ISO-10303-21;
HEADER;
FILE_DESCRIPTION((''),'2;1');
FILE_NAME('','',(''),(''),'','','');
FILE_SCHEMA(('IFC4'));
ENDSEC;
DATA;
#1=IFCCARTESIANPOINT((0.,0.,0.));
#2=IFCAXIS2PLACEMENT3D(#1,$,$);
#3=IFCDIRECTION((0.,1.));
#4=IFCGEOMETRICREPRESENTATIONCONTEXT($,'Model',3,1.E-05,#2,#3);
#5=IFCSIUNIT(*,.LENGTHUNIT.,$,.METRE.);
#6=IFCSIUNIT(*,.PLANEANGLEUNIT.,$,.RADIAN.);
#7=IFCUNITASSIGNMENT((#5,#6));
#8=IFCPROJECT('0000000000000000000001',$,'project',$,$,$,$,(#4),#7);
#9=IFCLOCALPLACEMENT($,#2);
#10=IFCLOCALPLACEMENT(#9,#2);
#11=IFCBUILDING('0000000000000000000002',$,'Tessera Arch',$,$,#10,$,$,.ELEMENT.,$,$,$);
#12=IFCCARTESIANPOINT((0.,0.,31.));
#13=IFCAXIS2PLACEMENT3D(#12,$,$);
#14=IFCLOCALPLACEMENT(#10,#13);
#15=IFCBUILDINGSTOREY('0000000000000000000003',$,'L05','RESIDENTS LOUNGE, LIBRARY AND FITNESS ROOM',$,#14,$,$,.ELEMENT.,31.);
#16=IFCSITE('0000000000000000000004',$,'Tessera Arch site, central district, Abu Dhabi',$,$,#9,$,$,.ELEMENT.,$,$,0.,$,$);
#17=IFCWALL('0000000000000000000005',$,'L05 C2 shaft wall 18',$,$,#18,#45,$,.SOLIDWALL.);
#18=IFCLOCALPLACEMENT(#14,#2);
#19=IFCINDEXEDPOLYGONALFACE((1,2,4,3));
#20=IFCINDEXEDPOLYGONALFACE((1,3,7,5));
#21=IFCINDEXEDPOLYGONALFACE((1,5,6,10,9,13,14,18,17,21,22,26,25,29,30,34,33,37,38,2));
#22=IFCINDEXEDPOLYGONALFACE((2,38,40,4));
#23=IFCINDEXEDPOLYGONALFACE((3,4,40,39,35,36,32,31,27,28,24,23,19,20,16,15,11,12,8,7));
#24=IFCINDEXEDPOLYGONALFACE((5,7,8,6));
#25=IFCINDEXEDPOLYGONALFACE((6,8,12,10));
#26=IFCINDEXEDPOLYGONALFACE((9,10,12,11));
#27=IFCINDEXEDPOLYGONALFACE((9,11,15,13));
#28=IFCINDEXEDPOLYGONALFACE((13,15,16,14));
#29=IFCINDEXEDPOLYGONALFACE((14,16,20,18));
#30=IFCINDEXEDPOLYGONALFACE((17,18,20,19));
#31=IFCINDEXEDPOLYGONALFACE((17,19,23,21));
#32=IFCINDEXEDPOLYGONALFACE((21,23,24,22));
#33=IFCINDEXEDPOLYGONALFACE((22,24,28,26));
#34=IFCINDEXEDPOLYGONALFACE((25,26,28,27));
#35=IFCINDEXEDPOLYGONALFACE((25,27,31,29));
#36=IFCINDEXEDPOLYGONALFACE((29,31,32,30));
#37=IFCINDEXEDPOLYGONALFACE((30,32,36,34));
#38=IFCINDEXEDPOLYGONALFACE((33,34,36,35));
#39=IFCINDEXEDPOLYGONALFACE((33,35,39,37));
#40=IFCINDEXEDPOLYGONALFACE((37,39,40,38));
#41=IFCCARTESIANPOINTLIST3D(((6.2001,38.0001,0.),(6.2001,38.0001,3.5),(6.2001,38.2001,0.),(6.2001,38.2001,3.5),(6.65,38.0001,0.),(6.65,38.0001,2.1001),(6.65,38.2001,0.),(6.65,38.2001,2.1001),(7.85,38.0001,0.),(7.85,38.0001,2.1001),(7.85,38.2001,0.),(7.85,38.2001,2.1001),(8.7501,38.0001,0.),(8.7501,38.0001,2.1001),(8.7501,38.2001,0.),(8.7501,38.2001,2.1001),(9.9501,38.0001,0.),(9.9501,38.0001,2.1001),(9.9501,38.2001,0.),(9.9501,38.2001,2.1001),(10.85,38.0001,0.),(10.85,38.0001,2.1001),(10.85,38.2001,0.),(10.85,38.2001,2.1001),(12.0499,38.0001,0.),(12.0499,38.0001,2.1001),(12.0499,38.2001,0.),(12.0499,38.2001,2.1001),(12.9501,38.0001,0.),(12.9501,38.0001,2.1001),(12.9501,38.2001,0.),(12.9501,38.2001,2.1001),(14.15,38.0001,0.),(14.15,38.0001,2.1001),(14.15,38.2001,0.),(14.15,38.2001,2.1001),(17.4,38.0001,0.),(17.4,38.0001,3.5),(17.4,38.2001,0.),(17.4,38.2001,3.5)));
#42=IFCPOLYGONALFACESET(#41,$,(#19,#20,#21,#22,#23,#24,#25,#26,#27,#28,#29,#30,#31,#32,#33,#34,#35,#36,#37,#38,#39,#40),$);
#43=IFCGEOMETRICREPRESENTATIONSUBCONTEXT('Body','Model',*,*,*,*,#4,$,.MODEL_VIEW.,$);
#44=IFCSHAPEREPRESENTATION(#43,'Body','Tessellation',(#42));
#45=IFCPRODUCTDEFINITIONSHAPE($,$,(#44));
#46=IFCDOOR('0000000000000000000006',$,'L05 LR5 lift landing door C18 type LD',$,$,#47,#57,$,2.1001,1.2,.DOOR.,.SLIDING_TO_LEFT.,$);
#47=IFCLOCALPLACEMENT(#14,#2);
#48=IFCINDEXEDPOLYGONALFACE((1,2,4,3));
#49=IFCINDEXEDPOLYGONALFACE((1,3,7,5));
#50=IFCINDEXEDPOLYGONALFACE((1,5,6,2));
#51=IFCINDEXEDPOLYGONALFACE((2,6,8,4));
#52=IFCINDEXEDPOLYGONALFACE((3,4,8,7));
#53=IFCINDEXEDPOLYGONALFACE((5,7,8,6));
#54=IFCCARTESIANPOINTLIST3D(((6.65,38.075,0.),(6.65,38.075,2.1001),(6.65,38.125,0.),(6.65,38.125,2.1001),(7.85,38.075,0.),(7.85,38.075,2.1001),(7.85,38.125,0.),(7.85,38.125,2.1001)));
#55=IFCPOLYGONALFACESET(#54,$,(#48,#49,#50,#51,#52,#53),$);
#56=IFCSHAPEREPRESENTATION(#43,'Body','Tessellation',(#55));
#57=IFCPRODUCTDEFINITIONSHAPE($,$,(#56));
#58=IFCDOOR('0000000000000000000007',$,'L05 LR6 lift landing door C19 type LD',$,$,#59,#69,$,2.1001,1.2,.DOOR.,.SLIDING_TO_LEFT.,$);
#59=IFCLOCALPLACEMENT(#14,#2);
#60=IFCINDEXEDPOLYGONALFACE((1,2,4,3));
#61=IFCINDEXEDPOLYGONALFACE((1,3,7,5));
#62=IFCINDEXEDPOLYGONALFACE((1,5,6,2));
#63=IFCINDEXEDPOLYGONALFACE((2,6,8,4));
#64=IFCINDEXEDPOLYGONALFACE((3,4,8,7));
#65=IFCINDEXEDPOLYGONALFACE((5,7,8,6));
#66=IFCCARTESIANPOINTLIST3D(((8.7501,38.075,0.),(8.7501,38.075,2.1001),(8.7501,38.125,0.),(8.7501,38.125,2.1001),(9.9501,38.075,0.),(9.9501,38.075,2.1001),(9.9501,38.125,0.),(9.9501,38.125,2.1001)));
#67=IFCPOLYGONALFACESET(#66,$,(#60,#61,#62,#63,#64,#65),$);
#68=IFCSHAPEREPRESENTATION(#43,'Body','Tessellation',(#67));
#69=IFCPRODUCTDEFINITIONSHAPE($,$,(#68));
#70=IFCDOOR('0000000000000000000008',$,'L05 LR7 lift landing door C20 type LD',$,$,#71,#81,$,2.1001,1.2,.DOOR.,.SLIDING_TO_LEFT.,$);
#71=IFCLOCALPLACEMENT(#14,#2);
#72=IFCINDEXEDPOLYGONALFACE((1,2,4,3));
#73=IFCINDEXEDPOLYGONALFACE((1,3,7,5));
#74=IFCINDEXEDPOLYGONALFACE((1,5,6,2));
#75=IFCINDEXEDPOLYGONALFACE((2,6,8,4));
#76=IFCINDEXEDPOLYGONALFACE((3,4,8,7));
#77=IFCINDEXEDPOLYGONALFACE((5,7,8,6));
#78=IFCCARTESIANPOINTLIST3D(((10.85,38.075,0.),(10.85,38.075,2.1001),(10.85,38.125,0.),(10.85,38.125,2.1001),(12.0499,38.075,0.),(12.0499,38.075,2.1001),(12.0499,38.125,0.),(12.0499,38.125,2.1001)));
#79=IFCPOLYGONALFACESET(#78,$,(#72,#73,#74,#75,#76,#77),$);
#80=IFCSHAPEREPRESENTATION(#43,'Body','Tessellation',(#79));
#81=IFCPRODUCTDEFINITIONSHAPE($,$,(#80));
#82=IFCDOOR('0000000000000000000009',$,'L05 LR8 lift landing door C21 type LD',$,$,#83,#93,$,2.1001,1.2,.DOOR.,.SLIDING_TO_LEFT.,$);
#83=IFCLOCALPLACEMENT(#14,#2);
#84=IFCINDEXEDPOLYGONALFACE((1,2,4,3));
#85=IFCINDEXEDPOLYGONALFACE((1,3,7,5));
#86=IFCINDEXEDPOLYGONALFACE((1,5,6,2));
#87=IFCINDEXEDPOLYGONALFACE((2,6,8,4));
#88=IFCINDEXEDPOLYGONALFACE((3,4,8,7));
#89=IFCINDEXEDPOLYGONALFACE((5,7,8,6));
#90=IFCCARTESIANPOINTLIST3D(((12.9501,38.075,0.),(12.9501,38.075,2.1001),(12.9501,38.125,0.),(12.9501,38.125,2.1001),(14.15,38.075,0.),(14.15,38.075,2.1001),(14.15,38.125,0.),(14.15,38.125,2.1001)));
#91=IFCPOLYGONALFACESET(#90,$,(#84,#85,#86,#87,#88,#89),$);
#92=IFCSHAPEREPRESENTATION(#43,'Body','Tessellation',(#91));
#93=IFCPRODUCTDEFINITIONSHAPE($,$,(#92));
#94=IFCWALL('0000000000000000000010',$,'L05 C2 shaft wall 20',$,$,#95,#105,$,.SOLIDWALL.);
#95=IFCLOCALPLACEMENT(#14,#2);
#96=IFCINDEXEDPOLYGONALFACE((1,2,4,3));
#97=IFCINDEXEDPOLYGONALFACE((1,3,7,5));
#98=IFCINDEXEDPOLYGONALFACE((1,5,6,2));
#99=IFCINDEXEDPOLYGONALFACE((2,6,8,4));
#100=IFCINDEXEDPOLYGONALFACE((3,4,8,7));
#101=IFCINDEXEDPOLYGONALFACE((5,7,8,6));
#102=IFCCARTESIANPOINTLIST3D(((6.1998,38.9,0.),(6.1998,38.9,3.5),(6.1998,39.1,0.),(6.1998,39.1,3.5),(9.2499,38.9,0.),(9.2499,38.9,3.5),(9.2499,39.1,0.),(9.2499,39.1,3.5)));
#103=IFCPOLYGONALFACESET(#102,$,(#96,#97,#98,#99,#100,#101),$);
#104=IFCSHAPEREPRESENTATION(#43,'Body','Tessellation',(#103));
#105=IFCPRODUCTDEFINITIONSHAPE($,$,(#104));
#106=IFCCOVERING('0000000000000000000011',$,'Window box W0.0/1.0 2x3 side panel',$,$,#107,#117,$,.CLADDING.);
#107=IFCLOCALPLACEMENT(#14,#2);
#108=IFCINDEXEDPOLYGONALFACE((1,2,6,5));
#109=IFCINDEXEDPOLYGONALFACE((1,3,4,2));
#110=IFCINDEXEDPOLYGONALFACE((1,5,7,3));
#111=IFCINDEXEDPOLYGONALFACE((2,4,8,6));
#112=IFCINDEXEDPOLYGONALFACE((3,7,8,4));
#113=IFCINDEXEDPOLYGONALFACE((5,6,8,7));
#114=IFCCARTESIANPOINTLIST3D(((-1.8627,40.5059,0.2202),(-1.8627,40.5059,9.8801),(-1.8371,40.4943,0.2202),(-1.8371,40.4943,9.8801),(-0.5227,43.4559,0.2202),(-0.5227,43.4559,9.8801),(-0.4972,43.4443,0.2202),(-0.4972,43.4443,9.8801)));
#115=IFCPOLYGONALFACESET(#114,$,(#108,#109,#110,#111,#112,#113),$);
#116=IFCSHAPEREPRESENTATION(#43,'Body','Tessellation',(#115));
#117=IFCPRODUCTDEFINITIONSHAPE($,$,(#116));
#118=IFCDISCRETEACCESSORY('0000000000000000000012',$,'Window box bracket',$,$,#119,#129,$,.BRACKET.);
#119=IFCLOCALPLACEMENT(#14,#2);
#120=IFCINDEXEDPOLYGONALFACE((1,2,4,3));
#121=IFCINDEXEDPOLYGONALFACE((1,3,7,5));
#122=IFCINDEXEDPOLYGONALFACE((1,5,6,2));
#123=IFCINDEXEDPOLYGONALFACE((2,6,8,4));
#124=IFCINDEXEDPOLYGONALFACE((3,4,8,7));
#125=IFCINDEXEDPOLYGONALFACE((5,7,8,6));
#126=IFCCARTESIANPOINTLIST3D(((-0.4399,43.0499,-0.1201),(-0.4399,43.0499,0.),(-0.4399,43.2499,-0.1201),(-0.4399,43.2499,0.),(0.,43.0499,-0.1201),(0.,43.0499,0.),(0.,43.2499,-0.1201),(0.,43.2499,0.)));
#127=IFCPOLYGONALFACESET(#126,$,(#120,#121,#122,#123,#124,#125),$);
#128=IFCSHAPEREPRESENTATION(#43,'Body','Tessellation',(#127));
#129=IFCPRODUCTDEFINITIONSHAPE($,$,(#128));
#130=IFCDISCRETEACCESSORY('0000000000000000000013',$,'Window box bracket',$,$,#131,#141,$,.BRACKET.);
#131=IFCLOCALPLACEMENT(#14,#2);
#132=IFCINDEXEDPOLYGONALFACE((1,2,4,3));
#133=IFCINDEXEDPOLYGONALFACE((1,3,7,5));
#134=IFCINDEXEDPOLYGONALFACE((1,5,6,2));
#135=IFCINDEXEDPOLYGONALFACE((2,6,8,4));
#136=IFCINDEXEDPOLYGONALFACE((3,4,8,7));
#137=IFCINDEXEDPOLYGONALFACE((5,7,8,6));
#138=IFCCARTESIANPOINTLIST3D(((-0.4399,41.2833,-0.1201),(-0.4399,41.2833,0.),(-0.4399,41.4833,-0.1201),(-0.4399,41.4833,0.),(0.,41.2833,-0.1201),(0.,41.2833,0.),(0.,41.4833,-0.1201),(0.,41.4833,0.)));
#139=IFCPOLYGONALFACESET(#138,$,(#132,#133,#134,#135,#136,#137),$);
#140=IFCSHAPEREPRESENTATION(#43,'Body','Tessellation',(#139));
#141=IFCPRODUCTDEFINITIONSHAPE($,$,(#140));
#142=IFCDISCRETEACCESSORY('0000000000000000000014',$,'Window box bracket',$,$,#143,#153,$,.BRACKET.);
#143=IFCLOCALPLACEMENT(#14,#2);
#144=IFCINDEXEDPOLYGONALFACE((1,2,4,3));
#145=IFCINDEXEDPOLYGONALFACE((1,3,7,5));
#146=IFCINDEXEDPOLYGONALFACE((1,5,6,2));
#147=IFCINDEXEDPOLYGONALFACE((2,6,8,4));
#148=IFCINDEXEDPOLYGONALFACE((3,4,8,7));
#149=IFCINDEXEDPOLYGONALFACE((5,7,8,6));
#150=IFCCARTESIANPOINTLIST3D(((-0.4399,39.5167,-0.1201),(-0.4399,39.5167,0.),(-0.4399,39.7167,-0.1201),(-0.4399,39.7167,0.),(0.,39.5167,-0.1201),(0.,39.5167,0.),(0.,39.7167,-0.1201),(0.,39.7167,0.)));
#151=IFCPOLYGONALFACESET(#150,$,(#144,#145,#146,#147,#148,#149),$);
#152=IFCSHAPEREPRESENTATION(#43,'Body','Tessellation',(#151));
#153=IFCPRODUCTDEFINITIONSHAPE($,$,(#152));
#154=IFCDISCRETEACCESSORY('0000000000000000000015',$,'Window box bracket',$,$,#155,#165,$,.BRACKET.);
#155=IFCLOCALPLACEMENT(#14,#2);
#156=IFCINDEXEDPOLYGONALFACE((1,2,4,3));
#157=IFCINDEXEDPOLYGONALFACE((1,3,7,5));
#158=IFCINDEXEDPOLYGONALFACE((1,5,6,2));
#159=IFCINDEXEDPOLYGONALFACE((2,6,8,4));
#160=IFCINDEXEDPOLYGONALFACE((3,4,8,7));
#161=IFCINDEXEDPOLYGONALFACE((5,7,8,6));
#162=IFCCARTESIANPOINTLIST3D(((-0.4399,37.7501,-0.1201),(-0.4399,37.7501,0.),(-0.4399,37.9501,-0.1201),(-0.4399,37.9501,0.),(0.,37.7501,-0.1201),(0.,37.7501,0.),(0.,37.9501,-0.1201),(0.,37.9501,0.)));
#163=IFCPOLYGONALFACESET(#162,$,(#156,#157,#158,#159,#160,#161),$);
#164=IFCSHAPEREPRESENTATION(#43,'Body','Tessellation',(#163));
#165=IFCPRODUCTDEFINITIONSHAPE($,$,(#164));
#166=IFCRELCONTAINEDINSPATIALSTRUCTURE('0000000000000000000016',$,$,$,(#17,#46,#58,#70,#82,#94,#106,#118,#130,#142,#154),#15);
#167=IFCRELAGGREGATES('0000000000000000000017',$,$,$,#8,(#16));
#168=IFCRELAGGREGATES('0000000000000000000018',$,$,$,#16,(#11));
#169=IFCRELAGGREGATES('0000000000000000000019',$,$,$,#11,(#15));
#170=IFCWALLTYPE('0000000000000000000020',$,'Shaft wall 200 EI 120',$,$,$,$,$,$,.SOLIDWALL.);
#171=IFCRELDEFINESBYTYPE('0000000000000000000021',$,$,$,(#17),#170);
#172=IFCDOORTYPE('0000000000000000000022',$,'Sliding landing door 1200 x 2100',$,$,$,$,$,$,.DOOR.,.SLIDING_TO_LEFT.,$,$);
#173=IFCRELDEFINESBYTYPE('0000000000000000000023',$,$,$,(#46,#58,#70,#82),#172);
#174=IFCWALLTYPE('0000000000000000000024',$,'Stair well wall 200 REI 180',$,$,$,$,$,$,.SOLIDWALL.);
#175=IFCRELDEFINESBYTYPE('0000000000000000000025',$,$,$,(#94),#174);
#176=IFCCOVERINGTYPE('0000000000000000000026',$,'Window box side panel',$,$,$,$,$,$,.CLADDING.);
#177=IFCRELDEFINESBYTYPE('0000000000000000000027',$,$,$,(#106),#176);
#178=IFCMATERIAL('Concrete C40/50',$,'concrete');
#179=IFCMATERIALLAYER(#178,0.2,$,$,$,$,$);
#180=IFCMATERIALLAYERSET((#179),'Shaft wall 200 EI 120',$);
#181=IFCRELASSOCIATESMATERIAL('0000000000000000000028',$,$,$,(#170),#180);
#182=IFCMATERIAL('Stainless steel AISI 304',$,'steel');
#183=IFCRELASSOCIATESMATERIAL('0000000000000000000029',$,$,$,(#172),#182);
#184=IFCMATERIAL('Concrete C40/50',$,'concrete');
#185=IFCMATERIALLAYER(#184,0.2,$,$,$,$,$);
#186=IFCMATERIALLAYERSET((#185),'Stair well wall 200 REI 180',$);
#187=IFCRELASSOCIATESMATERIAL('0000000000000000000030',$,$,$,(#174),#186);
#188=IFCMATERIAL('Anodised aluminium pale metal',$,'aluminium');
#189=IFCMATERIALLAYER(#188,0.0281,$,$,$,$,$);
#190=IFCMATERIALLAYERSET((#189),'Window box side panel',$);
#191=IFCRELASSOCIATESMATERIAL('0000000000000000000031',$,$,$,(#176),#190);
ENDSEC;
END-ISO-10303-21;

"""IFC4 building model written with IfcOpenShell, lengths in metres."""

from ifc_helpers import new_model, si_unit, direction, frame, frame_2d, origin, origin_2d, place, context, subcontext, project, spatial, rectangle, extrude, material, layer, layer_set, type_object, element, fill, save


model = new_model("IFC4")

# Units and contexts
model_context = context("Model", 3, precision=1e-05, world=origin(), true_north=direction((0.0, 1.0)))
body_context = subcontext(model_context, "Body", "Model", "MODEL_VIEW")
ifc_project = project(units=[si_unit("LENGTHUNIT", "METRE"), si_unit("PLANEANGLEUNIT", "RADIAN")], contexts=[model_context])

# Site, building, storey
site_placement = place(None, origin())
site = spatial("IfcSite", under=ifc_project, at=site_placement, Name="Tessera Arch site, central district, Abu Dhabi", CompositionType="ELEMENT", RefElevation=0.0)
building_placement = place(site_placement, origin())
building = spatial("IfcBuilding", under=site, at=building_placement, Name="Tessera Arch", CompositionType="ELEMENT")
storey_placement = place(building_placement, frame((0.0, 0.0, 31.0)))
storey = spatial("IfcBuildingStorey", under=building, at=storey_placement, Name="L05", Description="RESIDENTS LOUNGE, LIBRARY AND FITNESS ROOM", CompositionType="ELEMENT", Elevation=31.0)

# Wall, openings, doors
ifc_material_1 = material(Name="Concrete C40/50", Category="concrete")
ifc_layer_1 = layer(ifc_material_1, 0.2)
ifc_layer_set_1 = layer_set([ifc_layer_1], Name="Shaft wall 200 EI 120")
wall_type_1 = type_object("IfcWallType", Name="Shaft wall 200 EI 120", PredefinedType="SOLIDWALL", material=ifc_layer_set_1)
wall_1_placement = place(storey_placement, frame((6.2, 38.1001, 0.0), z_axis=(0.0, 0.0, 1.0), x_axis=(1.0, 0.0, 0.0)))
wall_1 = element("IfcWall", 1, at=wall_1_placement, inside=storey, type_object=wall_type_1, Name="L05 C2 shaft wall 18", PredefinedType="SOLIDWALL", context=body_context, shape_type="SweptSolid", body=[
    extrude(rectangle(XDim=11.2, YDim=0.2, at=frame_2d((5.6001, 0.0))), origin(), (0.0, 0.0, 1.0), 3.5),
])
opening_1_placement = place(wall_1_placement, frame((0.45, 0.0, 0.0)))
opening_1 = element("IfcOpeningElement", 2, at=opening_1_placement, cuts=wall_1, PredefinedType="OPENING", context=body_context, shape_type="SweptSolid", body=[
    extrude(rectangle(XDim=1.2, YDim=2.1001, at=frame_2d((0.6001, 1.05))), frame((0.0, 0.1099, 0.0), z_axis=(0.0, -1.0, 0.0), x_axis=(1.0, 0.0, 0.0)), (0.0, 0.0, 1.0), 0.22),
])
opening_2_placement = place(wall_1_placement, frame((2.55, 0.0, 0.0)))
opening_2 = element("IfcOpeningElement", 3, at=opening_2_placement, cuts=wall_1, PredefinedType="OPENING", context=body_context, shape_type="SweptSolid", body=[
    extrude(rectangle(XDim=1.2, YDim=2.1001, at=frame_2d((0.6001, 1.05))), frame((0.0, 0.1099, 0.0), z_axis=(0.0, -1.0, 0.0), x_axis=(1.0, 0.0, 0.0)), (0.0, 0.0, 1.0), 0.22),
])
opening_3_placement = place(wall_1_placement, frame((4.6499, 0.0, 0.0)))
opening_3 = element("IfcOpeningElement", 4, at=opening_3_placement, cuts=wall_1, PredefinedType="OPENING", context=body_context, shape_type="SweptSolid", body=[
    extrude(rectangle(XDim=1.2, YDim=2.1001, at=frame_2d((0.6001, 1.05))), frame((0.0, 0.1099, 0.0), z_axis=(0.0, -1.0, 0.0), x_axis=(1.0, 0.0, 0.0)), (0.0, 0.0, 1.0), 0.22),
])
opening_4_placement = place(wall_1_placement, frame((6.75, 0.0, 0.0)))
opening_4 = element("IfcOpeningElement", 5, at=opening_4_placement, cuts=wall_1, PredefinedType="OPENING", context=body_context, shape_type="SweptSolid", body=[
    extrude(rectangle(XDim=1.2, YDim=2.1001, at=frame_2d((0.6001, 1.05))), frame((0.0, 0.1099, 0.0), z_axis=(0.0, -1.0, 0.0), x_axis=(1.0, 0.0, 0.0)), (0.0, 0.0, 1.0), 0.22),
])
ifc_material_2 = material(Name="Stainless steel AISI 304", Category="steel")
door_type = type_object("IfcDoorType", Name="Sliding landing door 1200 x 2100", OperationType="SLIDING_TO_LEFT", PredefinedType="DOOR", material=ifc_material_2)
door_1_placement = place(opening_1_placement, origin())
door_1 = element("IfcDoor", 6, at=door_1_placement, inside=storey, type_object=door_type, Name="L05 LR5 lift landing door C18 type LD", OperationType="SLIDING_TO_LEFT", OverallHeight=2.1001, OverallWidth=1.2, PredefinedType="DOOR", context=body_context, shape_type="SweptSolid", body=[
    extrude(rectangle(XDim=1.2, YDim=2.1001, at=frame_2d((0.6001, 1.05))), frame((0.0, 0.0249, 0.0), z_axis=(0.0, -1.0, 0.0), x_axis=(1.0, 0.0, 0.0)), (0.0, 0.0, 1.0), 0.05),
])
fill(opening_1, door_1)
door_2_placement = place(opening_2_placement, origin())
door_2 = element("IfcDoor", 7, at=door_2_placement, inside=storey, type_object=door_type, Name="L05 LR6 lift landing door C19 type LD", OperationType="SLIDING_TO_LEFT", OverallHeight=2.1001, OverallWidth=1.2, PredefinedType="DOOR", context=body_context, shape_type="SweptSolid", body=[
    extrude(rectangle(XDim=1.2, YDim=2.1001, at=frame_2d((0.6001, 1.05))), frame((0.0, 0.0249, 0.0), z_axis=(0.0, -1.0, 0.0), x_axis=(1.0, 0.0, 0.0)), (0.0, 0.0, 1.0), 0.05),
])
fill(opening_2, door_2)
door_3_placement = place(opening_3_placement, origin())
door_3 = element("IfcDoor", 8, at=door_3_placement, inside=storey, type_object=door_type, Name="L05 LR7 lift landing door C20 type LD", OperationType="SLIDING_TO_LEFT", OverallHeight=2.1001, OverallWidth=1.2, PredefinedType="DOOR", context=body_context, shape_type="SweptSolid", body=[
    extrude(rectangle(XDim=1.2, YDim=2.1001, at=frame_2d((0.6001, 1.05))), frame((0.0, 0.0249, 0.0), z_axis=(0.0, -1.0, 0.0), x_axis=(1.0, 0.0, 0.0)), (0.0, 0.0, 1.0), 0.05),
])
fill(opening_3, door_3)
door_4_placement = place(opening_4_placement, origin())
door_4 = element("IfcDoor", 9, at=door_4_placement, inside=storey, type_object=door_type, Name="L05 LR8 lift landing door C21 type LD", OperationType="SLIDING_TO_LEFT", OverallHeight=2.1001, OverallWidth=1.2, PredefinedType="DOOR", context=body_context, shape_type="SweptSolid", body=[
    extrude(rectangle(XDim=1.2, YDim=2.1001, at=frame_2d((0.6001, 1.05))), frame((0.0, 0.0249, 0.0), z_axis=(0.0, -1.0, 0.0), x_axis=(1.0, 0.0, 0.0)), (0.0, 0.0, 1.0), 0.05),
])
fill(opening_4, door_4)

# Wall
ifc_material_3 = material(Name="Concrete C40/50", Category="concrete")
ifc_layer_2 = layer(ifc_material_3, 0.2)
ifc_layer_set_2 = layer_set([ifc_layer_2], Name="Stair well wall 200 REI 180")
wall_type_2 = type_object("IfcWallType", Name="Stair well wall 200 REI 180", PredefinedType="SOLIDWALL", material=ifc_layer_set_2)
wall_2_placement = place(storey_placement, frame((6.2, 39.0, 0.0), z_axis=(0.0, 0.0, 1.0), x_axis=(1.0, 0.0, 0.0)))
element("IfcWall", 10, at=wall_2_placement, inside=storey, type_object=wall_type_2, Name="L05 C2 shaft wall 20", PredefinedType="SOLIDWALL", context=body_context, shape_type="SweptSolid", body=[
    extrude(rectangle(XDim=3.05, YDim=0.2, at=frame_2d((1.5249, 0.0))), origin(), (0.0, 0.0, 1.0), 3.5),
])

# Covering
ifc_material_4 = material(Name="Anodised aluminium pale metal", Category="aluminium")
ifc_layer_3 = layer(ifc_material_4, 0.0281)
ifc_layer_set_3 = layer_set([ifc_layer_3], Name="Window box side panel")
covering_type = type_object("IfcCoveringType", Name="Window box side panel", PredefinedType="CLADDING", material=ifc_layer_set_3)
covering_placement = place(storey_placement, frame((-1.1799, 41.9751, 0.2202), z_axis=(0.0, 0.0, 1.0), x_axis=(-0.41357, -0.910472, 0.0)))
element("IfcCovering", 11, at=covering_placement, inside=storey, type_object=covering_type, Name="Window box W0.0/1.0 2x3 side panel", PredefinedType="CLADDING", context=body_context, shape_type="SweptSolid", body=[
    extrude(rectangle(XDim=3.24, YDim=0.0281, at=origin_2d()), origin(), (0.0, 0.0, 1.0), 9.6599),
])

# Discrete accessories
for number, where, z_axis, x_axis, name in (
    (12, (-0.22, 43.1499, -0.1201), (0.0, 0.0, 1.0), (-1.0, 0.0, 0.0), "Window box bracket"),
    (13, (-0.22, 41.3833, -0.1201), (0.0, 0.0, 1.0), (-1.0, 0.0, 0.0), "Window box bracket"),
    (14, (-0.22, 39.6167, -0.1201), (0.0, 0.0, 1.0), (-1.0, 0.0, 0.0), "Window box bracket"),
    (15, (-0.22, 37.8501, -0.1201), (0.0, 0.0, 1.0), (-1.0, 0.0, 0.0), "Window box bracket"),
):
    element("IfcDiscreteAccessory", number, at=place(storey_placement, frame(where, z_axis=z_axis, x_axis=x_axis)), inside=storey, Name=name, PredefinedType="BRACKET", context=body_context, shape_type="SweptSolid", body=[
        extrude(rectangle(XDim=0.4399, YDim=0.2, at=origin_2d()), origin(), (0.0, 0.0, 1.0), 0.1201),
    ])

save(model, "model.ifc")
